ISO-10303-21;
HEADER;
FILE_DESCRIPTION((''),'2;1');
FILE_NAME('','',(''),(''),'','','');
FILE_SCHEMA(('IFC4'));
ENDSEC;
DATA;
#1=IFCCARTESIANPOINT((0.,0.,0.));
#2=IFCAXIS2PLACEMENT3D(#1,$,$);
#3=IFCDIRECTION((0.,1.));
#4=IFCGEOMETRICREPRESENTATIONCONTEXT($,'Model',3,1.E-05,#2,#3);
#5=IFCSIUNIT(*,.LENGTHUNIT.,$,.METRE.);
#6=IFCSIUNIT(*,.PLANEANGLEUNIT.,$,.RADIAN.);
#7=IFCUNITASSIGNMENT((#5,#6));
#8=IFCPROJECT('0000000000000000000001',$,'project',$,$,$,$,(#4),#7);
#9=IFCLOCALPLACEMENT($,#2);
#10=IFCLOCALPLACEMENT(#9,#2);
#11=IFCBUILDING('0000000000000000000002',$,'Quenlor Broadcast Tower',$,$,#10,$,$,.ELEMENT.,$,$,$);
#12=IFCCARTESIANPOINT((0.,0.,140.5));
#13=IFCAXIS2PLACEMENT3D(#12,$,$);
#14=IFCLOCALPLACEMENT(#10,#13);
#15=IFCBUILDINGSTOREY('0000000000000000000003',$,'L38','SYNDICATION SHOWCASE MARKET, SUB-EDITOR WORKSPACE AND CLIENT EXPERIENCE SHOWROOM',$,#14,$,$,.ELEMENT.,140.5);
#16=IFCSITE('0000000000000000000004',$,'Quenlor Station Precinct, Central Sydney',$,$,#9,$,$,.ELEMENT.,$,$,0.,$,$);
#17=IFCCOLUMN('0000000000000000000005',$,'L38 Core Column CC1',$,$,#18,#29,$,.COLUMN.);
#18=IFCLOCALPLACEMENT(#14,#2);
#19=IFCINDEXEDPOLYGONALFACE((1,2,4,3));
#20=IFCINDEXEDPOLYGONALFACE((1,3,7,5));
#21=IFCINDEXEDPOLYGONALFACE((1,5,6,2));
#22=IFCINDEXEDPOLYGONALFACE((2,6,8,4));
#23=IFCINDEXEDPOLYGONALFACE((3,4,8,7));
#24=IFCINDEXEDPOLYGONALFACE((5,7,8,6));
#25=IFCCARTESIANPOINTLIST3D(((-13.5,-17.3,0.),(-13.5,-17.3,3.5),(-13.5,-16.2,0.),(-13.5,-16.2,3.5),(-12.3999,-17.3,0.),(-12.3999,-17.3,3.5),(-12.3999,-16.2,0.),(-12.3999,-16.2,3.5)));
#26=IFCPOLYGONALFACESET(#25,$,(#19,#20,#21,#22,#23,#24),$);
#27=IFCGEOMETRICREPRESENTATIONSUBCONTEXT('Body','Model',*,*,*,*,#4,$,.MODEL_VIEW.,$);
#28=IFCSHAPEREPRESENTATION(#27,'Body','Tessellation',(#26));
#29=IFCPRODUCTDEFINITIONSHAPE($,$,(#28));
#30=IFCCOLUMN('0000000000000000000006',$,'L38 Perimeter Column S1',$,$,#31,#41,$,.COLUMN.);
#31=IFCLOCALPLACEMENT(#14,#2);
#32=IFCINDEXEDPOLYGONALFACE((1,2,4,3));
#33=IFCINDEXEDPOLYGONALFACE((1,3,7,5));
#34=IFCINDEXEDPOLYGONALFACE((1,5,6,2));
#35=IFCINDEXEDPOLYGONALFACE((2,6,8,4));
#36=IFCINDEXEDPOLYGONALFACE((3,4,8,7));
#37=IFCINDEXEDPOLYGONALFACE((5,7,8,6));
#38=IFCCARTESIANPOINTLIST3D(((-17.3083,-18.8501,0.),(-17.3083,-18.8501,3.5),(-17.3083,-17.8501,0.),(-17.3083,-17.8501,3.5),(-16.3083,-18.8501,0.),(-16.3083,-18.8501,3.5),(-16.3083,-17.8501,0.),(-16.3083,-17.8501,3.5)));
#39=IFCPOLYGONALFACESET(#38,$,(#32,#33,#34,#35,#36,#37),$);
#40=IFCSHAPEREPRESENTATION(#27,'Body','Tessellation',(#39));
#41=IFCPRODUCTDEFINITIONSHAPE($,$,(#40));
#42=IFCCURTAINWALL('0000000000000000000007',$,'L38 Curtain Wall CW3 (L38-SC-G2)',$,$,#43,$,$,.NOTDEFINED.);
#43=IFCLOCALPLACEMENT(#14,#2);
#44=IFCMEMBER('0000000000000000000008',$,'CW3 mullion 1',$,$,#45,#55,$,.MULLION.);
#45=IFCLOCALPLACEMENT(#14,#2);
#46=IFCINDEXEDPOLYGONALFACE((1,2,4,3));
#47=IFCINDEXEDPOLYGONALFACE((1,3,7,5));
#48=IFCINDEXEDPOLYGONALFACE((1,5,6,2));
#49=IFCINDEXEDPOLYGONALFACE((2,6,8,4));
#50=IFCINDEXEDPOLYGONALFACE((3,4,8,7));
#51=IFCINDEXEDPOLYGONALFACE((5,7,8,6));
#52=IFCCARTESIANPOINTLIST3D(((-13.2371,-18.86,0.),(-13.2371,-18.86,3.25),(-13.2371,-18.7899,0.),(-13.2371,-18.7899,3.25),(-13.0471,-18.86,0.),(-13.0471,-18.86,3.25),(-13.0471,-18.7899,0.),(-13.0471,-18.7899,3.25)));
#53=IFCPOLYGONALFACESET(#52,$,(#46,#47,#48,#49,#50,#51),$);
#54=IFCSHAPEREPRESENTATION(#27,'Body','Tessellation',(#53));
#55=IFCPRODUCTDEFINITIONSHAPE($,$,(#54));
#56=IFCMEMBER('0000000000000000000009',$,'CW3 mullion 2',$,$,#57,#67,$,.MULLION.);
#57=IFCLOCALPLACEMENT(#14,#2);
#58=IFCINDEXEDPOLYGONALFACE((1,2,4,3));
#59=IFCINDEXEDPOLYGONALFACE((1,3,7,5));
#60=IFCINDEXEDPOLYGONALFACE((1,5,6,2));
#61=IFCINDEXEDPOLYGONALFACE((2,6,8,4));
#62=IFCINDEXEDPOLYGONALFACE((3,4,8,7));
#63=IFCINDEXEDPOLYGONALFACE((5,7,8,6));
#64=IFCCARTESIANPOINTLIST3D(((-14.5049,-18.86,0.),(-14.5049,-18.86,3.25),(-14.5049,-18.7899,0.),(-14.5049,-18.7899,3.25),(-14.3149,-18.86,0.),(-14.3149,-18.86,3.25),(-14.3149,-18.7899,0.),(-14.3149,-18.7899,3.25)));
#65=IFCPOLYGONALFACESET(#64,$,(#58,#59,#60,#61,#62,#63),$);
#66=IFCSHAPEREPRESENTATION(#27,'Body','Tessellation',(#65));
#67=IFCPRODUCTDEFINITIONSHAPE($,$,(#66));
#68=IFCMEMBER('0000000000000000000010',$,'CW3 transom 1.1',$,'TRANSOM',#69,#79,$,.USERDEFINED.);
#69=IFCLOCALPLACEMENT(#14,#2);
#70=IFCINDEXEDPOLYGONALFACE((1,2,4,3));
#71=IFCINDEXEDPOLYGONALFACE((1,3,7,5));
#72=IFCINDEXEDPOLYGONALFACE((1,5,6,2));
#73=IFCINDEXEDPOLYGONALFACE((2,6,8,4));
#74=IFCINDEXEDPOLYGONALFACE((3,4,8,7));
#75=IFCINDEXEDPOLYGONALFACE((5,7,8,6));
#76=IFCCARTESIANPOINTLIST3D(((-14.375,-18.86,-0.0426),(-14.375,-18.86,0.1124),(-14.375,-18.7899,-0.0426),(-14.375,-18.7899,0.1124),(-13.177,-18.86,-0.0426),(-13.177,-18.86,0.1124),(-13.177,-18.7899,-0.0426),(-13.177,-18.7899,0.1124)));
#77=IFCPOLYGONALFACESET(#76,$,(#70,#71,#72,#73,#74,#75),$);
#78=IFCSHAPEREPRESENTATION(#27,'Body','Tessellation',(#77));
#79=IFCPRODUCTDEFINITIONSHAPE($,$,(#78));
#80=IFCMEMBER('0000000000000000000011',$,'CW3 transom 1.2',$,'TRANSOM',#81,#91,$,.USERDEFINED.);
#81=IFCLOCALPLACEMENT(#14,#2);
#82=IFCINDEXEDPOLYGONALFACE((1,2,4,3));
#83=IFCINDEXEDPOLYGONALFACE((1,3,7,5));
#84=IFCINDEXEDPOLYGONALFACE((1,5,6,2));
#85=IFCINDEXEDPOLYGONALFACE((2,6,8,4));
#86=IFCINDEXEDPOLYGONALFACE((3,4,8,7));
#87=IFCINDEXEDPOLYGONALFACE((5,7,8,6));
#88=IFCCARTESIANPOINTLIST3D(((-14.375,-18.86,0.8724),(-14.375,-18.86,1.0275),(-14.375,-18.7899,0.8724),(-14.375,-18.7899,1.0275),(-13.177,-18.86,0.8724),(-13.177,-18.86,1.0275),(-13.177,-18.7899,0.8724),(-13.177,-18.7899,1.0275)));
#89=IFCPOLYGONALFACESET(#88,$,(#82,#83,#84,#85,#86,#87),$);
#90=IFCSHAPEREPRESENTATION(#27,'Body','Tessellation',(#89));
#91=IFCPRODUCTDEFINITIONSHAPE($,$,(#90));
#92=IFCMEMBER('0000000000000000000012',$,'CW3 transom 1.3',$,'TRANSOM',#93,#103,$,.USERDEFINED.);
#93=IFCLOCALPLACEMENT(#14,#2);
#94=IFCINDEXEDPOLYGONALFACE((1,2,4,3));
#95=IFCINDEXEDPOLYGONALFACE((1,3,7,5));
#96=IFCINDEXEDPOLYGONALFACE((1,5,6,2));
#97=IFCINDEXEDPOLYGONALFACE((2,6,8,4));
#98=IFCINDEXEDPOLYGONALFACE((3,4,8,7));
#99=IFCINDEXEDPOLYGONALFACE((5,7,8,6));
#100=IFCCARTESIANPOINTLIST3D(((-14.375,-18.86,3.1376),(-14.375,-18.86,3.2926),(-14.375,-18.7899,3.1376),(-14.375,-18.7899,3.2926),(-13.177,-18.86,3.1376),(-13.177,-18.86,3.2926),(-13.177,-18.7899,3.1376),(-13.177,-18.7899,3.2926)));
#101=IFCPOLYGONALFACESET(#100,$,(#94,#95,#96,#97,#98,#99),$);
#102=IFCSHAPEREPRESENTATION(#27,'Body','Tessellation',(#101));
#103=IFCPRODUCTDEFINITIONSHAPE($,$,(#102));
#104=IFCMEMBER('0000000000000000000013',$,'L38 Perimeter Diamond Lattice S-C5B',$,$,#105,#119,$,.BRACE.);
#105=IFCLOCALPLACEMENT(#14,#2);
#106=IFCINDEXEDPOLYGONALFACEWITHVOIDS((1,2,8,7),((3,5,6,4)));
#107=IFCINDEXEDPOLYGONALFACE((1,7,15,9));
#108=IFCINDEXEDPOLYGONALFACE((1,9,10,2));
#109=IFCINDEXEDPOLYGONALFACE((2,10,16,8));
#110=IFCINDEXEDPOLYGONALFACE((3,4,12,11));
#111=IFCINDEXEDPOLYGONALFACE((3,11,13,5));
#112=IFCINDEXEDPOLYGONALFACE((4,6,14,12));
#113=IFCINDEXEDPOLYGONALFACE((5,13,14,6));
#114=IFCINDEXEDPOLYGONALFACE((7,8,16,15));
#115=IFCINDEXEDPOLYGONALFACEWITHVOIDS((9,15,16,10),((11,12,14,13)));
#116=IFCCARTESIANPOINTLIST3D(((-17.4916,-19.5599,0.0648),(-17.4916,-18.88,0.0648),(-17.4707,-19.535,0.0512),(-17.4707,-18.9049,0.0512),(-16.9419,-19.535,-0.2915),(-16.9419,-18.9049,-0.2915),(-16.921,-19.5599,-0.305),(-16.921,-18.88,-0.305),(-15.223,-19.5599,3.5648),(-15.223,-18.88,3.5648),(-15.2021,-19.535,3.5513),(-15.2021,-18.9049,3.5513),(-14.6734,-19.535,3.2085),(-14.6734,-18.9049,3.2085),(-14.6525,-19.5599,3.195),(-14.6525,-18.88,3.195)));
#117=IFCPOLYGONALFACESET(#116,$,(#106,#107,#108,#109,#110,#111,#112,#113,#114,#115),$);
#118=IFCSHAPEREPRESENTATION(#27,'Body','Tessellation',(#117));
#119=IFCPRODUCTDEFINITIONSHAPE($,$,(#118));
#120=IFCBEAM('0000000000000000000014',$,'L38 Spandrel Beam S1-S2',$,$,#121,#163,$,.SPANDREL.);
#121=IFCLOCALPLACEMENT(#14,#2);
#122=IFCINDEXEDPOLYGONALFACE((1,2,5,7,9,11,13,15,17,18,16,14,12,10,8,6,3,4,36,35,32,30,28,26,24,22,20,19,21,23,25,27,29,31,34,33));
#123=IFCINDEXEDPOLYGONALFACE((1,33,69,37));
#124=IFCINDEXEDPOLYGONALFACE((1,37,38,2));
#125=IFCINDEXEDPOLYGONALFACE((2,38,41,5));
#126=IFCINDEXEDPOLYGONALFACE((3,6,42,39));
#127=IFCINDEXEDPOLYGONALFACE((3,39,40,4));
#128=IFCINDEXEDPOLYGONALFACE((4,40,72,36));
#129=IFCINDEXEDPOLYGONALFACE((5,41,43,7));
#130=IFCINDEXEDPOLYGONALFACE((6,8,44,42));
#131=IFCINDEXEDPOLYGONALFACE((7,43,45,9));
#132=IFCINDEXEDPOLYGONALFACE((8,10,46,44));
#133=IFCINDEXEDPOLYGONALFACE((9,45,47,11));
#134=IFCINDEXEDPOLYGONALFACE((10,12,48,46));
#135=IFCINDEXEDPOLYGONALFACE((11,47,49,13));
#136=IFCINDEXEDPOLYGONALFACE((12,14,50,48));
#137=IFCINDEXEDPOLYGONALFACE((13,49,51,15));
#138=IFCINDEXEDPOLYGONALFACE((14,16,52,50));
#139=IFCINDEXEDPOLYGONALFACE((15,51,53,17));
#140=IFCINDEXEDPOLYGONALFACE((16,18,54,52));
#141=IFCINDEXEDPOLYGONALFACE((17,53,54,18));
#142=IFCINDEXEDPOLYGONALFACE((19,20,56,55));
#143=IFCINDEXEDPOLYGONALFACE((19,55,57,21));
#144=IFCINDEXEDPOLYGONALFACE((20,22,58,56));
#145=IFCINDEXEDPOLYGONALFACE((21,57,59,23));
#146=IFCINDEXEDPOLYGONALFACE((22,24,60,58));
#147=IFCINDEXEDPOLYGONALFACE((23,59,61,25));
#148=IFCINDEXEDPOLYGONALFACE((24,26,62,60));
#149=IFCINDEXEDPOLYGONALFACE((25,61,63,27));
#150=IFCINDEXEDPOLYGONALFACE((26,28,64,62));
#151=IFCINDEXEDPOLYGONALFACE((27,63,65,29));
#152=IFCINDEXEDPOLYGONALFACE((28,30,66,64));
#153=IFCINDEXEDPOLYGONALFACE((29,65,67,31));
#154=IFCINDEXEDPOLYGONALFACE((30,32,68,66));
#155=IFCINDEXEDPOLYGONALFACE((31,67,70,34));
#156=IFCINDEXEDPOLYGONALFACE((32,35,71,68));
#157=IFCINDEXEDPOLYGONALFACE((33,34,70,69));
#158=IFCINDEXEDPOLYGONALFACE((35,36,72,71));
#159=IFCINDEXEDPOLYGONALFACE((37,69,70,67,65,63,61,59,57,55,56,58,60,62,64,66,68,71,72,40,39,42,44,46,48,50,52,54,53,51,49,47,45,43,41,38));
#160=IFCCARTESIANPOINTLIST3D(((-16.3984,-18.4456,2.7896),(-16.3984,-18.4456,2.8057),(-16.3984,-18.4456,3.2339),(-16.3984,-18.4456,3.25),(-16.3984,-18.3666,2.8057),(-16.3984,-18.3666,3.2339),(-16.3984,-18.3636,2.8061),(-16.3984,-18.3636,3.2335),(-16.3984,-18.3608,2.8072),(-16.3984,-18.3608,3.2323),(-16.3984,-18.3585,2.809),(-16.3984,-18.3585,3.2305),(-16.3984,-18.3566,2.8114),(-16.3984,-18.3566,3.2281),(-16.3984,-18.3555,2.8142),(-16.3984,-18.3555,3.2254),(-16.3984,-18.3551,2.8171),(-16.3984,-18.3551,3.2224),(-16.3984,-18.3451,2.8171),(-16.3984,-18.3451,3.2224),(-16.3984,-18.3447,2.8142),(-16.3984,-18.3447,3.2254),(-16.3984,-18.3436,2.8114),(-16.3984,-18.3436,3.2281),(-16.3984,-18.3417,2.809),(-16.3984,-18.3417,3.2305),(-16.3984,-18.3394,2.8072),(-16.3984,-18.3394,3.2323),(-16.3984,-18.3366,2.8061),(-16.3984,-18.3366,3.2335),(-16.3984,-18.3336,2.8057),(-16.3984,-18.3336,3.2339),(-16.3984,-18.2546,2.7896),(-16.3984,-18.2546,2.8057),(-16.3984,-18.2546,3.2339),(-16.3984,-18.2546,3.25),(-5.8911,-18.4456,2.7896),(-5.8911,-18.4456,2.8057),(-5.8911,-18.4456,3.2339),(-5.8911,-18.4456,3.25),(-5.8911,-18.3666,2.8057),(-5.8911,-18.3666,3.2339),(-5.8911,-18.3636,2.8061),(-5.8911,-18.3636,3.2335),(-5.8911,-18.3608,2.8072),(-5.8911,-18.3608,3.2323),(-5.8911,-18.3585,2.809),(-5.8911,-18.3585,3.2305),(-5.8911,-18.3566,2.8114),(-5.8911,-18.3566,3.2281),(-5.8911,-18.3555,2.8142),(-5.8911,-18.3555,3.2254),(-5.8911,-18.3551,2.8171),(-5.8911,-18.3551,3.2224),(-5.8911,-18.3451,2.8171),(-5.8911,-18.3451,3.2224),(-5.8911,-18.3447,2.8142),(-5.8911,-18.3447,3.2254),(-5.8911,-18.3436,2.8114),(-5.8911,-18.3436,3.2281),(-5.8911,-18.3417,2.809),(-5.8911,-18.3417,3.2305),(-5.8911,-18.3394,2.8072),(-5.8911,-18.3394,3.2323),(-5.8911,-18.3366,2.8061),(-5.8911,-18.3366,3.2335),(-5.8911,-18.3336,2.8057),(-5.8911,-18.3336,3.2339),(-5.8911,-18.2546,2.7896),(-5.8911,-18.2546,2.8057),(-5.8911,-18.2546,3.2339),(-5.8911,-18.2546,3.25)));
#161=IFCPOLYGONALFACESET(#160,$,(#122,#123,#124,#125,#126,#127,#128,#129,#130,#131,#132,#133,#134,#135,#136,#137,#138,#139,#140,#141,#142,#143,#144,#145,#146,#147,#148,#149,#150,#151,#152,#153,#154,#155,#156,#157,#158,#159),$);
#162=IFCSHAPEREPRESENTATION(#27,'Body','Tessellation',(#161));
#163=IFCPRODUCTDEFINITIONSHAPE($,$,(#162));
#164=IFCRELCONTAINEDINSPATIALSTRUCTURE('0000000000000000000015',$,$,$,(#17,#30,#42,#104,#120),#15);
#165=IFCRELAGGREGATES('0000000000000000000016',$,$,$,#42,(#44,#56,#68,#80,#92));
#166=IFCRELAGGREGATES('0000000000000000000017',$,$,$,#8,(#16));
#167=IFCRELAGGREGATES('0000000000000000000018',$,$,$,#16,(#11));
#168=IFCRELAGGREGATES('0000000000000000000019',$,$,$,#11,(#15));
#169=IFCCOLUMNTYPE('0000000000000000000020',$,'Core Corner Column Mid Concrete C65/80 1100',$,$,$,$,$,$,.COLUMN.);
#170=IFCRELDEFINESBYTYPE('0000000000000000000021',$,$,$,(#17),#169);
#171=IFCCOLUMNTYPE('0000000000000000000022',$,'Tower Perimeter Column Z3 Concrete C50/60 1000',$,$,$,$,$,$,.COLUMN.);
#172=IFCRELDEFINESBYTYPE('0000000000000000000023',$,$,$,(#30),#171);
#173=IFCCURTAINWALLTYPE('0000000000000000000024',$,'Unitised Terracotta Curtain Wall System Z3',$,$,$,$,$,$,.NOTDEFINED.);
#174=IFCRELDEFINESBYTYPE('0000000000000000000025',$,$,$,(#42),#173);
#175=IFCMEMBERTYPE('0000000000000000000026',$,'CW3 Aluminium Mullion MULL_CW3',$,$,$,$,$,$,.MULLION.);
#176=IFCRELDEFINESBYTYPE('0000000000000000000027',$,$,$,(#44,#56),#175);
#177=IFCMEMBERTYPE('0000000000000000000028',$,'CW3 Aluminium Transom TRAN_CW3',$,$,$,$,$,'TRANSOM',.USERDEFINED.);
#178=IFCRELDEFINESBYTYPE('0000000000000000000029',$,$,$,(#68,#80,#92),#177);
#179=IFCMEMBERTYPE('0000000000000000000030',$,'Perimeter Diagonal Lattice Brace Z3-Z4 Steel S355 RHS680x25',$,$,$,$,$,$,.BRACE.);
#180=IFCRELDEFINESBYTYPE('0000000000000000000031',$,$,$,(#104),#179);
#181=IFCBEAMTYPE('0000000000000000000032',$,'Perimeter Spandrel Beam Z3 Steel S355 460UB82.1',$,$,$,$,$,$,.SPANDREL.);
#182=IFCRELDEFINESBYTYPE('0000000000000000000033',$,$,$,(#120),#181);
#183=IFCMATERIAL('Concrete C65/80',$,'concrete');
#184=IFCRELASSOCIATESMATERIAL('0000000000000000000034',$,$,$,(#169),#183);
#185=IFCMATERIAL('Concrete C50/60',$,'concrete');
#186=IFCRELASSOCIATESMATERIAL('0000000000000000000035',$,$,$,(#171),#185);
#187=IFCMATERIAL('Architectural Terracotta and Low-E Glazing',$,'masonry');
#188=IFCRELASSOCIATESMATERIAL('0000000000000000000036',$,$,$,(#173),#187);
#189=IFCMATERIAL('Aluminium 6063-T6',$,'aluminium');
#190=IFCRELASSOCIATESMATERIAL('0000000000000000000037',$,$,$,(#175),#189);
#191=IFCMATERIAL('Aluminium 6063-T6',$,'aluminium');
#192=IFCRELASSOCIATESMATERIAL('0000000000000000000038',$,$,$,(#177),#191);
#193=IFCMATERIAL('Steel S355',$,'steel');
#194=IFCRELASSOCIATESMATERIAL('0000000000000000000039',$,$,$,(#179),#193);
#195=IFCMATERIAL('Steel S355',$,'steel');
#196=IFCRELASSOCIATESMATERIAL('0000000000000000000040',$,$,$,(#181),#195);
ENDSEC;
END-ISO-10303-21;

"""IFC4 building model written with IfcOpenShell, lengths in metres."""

from ifc_helpers import new_model, si_unit, direction, frame, origin, origin_2d, place, context, subcontext, project, spatial, rectangle, hollow_rectangle, i_section, extrude, material, material_profile, profile_set, type_object, element, aggregate, save


model = new_model("IFC4")

# Units and contexts
model_context = context("Model", 3, precision=1e-05, world=origin(), true_north=direction((0.0, 1.0)))
body_context = subcontext(model_context, "Body", "Model", "MODEL_VIEW")
ifc_project = project(units=[si_unit("LENGTHUNIT", "METRE"), si_unit("PLANEANGLEUNIT", "RADIAN")], contexts=[model_context])

# Site, building, storey
site_placement = place(None, origin())
site = spatial("IfcSite", under=ifc_project, at=site_placement, Name="Quenlor Station Precinct, Central Sydney", CompositionType="ELEMENT", RefElevation=0.0)
building_placement = place(site_placement, origin())
building = spatial("IfcBuilding", under=site, at=building_placement, Name="Quenlor Broadcast Tower", CompositionType="ELEMENT")
storey_placement = place(building_placement, frame((0.0, 0.0, 140.5)))
storey = spatial("IfcBuildingStorey", under=building, at=storey_placement, Name="L38", Description="SYNDICATION SHOWCASE MARKET, SUB-EDITOR WORKSPACE AND CLIENT EXPERIENCE SHOWROOM", CompositionType="ELEMENT", Elevation=140.5)

# Columns
ifc_material_1 = material(Name="Concrete C65/80", Category="concrete")
ifc_material_profile_1 = material_profile(ifc_material_1, rectangle(XDim=1.1001, YDim=1.1001, at=origin_2d()))
ifc_profile_set_1 = profile_set([ifc_material_profile_1], Name="Concrete C65/80 RC1100x1100")
column_type_1 = type_object("IfcColumnType", Name="Core Corner Column Mid Concrete C65/80 1100", PredefinedType="COLUMN", material=ifc_profile_set_1)
column_1_placement = place(storey_placement, frame((-12.95, -16.75, 0.0), z_axis=(0.0, 0.0, 1.0), x_axis=(1.0, 0.0, 0.0)))
element("IfcColumn", 1, at=column_1_placement, inside=storey, type_object=column_type_1, Name="L38 Core Column CC1", PredefinedType="COLUMN", context=body_context, shape_type="SweptSolid", body=[
    extrude(rectangle(XDim=1.1001, YDim=1.1001, at=origin_2d()), origin(), (0.0, 0.0, 1.0), 3.5),
])
ifc_material_2 = material(Name="Concrete C50/60", Category="concrete")
ifc_material_profile_2 = material_profile(ifc_material_2, rectangle(XDim=1.0, YDim=1.0, at=origin_2d()))
ifc_profile_set_2 = profile_set([ifc_material_profile_2], Name="Concrete C50/60 RC1000x1000")
column_type_2 = type_object("IfcColumnType", Name="Tower Perimeter Column Z3 Concrete C50/60 1000", PredefinedType="COLUMN", material=ifc_profile_set_2)
column_2_placement = place(storey_placement, frame((-16.8083, -18.3501, 0.0), z_axis=(0.0, 0.0, 1.0), x_axis=(0.0, 1.0, 0.0)))
element("IfcColumn", 2, at=column_2_placement, inside=storey, type_object=column_type_2, Name="L38 Perimeter Column S1", PredefinedType="COLUMN", context=body_context, shape_type="SweptSolid", body=[
    extrude(rectangle(XDim=1.0, YDim=1.0, at=origin_2d()), origin(), (0.0, 0.0, 1.0), 3.5),
])

# Curtain wall, members
ifc_material_3 = material(Name="Architectural Terracotta and Low-E Glazing", Category="masonry")
curtain_wall_type = type_object("IfcCurtainWallType", Name="Unitised Terracotta Curtain Wall System Z3", PredefinedType="NOTDEFINED", material=ifc_material_3)
curtain_wall_placement = place(storey_placement, origin())
curtain_wall = element("IfcCurtainWall", 3, at=curtain_wall_placement, inside=storey, type_object=curtain_wall_type, Name="L38 Curtain Wall CW3 (L38-SC-G2)", PredefinedType="NOTDEFINED")
ifc_material_4 = material(Name="Aluminium 6063-T6", Category="aluminium")
ifc_material_profile_3 = material_profile(ifc_material_4, rectangle(XDim=0.0701, YDim=0.1899, at=origin_2d()))
ifc_profile_set_3 = profile_set([ifc_material_profile_3], Name="Aluminium 6063-T6 MULL70x190")
member_type_1 = type_object("IfcMemberType", Name="CW3 Aluminium Mullion MULL_CW3", PredefinedType="MULLION", material=ifc_profile_set_3)
member_1_placement = place(storey_placement, frame((-13.1421, -18.825, 0.0), z_axis=(0.0, 0.0, 1.0), x_axis=(0.0, -1.0, 0.0)))
member_1 = element("IfcMember", 4, at=member_1_placement, type_object=member_type_1, Name="CW3 mullion 1", PredefinedType="MULLION", context=body_context, shape_type="SweptSolid", body=[
    extrude(rectangle(XDim=0.0701, YDim=0.1899, at=origin_2d()), origin(), (0.0, 0.0, 1.0), 3.25),
])
member_2_placement = place(storey_placement, frame((-14.4099, -18.825, 0.0), z_axis=(0.0, 0.0, 1.0), x_axis=(0.0, -1.0, 0.0)))
member_2 = element("IfcMember", 5, at=member_2_placement, type_object=member_type_1, Name="CW3 mullion 2", PredefinedType="MULLION", context=body_context, shape_type="SweptSolid", body=[
    extrude(rectangle(XDim=0.0701, YDim=0.1899, at=origin_2d()), origin(), (0.0, 0.0, 1.0), 3.25),
])
ifc_material_5 = material(Name="Aluminium 6063-T6", Category="aluminium")
ifc_material_profile_4 = material_profile(ifc_material_5, rectangle(XDim=0.0701, YDim=0.155, at=origin_2d()))
ifc_profile_set_4 = profile_set([ifc_material_profile_4], Name="Aluminium 6063-T6 TRAN70x155")
member_type_2 = type_object("IfcMemberType", Name="CW3 Aluminium Transom TRAN_CW3", ElementType="TRANSOM", PredefinedType="USERDEFINED", material=ifc_profile_set_4)
member_3_placement = place(storey_placement, frame((-13.177, -18.825, 0.0349), z_axis=(-1.0, 0.0, 0.0), x_axis=(0.0, -1.0, 0.0)))
member_3 = element("IfcMember", 6, at=member_3_placement, type_object=member_type_2, Name="CW3 transom 1.1", ObjectType="TRANSOM", PredefinedType="USERDEFINED", context=body_context, shape_type="SweptSolid", body=[
    extrude(rectangle(XDim=0.0701, YDim=0.155, at=origin_2d()), origin(), (0.0, 0.0, 1.0), 1.198),
])
member_4_placement = place(storey_placement, frame((-13.177, -18.825, 0.95), z_axis=(-1.0, 0.0, 0.0), x_axis=(0.0, -1.0, 0.0)))
member_4 = element("IfcMember", 7, at=member_4_placement, type_object=member_type_2, Name="CW3 transom 1.2", ObjectType="TRANSOM", PredefinedType="USERDEFINED", context=body_context, shape_type="SweptSolid", body=[
    extrude(rectangle(XDim=0.0701, YDim=0.155, at=origin_2d()), origin(), (0.0, 0.0, 1.0), 1.198),
])
member_5_placement = place(storey_placement, frame((-13.177, -18.825, 3.2151), z_axis=(-1.0, 0.0, 0.0), x_axis=(0.0, -1.0, 0.0)))
member_5 = element("IfcMember", 8, at=member_5_placement, type_object=member_type_2, Name="CW3 transom 1.3", ObjectType="TRANSOM", PredefinedType="USERDEFINED", context=body_context, shape_type="SweptSolid", body=[
    extrude(rectangle(XDim=0.0701, YDim=0.155, at=origin_2d()), origin(), (0.0, 0.0, 1.0), 1.198),
])

# Member
ifc_material_6 = material(Name="Steel S355", Category="steel")
ifc_material_profile_5 = material_profile(ifc_material_6, hollow_rectangle(XDim=0.6799, YDim=0.6799, WallThickness=0.0249, at=origin_2d()))
ifc_profile_set_5 = profile_set([ifc_material_profile_5], Name="Steel S355 RHS680x680x25")
member_type_3 = type_object("IfcMemberType", Name="Perimeter Diagonal Lattice Brace Z3-Z4 Steel S355 RHS680x25", PredefinedType="BRACE", material=ifc_profile_set_5)
member_6_placement = place(storey_placement, frame((-17.2063, -19.22, -0.1201), z_axis=(0.543902, 0.0, 0.839149), x_axis=(0.0, 1.0, 0.0)))
element("IfcMember", 9, at=member_6_placement, inside=storey, type_object=member_type_3, Name="L38 Perimeter Diamond Lattice S-C5B", PredefinedType="BRACE", context=body_context, shape_type="SweptSolid", body=[
    extrude(hollow_rectangle(XDim=0.6799, YDim=0.6799, WallThickness=0.0249, at=origin_2d()), origin(), (0.0, 0.0, 1.0), 4.1709),
])

# Beam
ifc_material_7 = material(Name="Steel S355", Category="steel")
ifc_material_profile_6 = material_profile(ifc_material_7, i_section(OverallWidth=0.1909, OverallDepth=0.4604, WebThickness=0.01, FlangeThickness=0.0161, FilletRadius=0.0115, at=origin_2d()))
ifc_profile_set_6 = profile_set([ifc_material_profile_6], Name="Steel S355 460UB82.1")
beam_type_1 = type_object("IfcBeamType", Name="Perimeter Spandrel Beam Z3 Steel S355 460UB82.1", PredefinedType="SPANDREL", material=ifc_profile_set_6)
beam_1_placement = place(storey_placement, frame((-16.3984, -18.3501, 3.0198), z_axis=(1.0, 0.0, 0.0), x_axis=(0.0, 1.0, 0.0)))
element("IfcBeam", 10, at=beam_1_placement, inside=storey, type_object=beam_type_1, Name="L38 Spandrel Beam S1-S2", PredefinedType="SPANDREL", context=body_context, shape_type="SweptSolid", body=[
    extrude(i_section(OverallWidth=0.1909, OverallDepth=0.4604, WebThickness=0.01, FlangeThickness=0.0161, FilletRadius=0.0115, at=origin_2d()), origin(), (0.0, 0.0, 1.0), 10.5073),
])

aggregate(curtain_wall, [member_1, member_2, member_3, member_4, member_5])

save(model, "model.ifc")
